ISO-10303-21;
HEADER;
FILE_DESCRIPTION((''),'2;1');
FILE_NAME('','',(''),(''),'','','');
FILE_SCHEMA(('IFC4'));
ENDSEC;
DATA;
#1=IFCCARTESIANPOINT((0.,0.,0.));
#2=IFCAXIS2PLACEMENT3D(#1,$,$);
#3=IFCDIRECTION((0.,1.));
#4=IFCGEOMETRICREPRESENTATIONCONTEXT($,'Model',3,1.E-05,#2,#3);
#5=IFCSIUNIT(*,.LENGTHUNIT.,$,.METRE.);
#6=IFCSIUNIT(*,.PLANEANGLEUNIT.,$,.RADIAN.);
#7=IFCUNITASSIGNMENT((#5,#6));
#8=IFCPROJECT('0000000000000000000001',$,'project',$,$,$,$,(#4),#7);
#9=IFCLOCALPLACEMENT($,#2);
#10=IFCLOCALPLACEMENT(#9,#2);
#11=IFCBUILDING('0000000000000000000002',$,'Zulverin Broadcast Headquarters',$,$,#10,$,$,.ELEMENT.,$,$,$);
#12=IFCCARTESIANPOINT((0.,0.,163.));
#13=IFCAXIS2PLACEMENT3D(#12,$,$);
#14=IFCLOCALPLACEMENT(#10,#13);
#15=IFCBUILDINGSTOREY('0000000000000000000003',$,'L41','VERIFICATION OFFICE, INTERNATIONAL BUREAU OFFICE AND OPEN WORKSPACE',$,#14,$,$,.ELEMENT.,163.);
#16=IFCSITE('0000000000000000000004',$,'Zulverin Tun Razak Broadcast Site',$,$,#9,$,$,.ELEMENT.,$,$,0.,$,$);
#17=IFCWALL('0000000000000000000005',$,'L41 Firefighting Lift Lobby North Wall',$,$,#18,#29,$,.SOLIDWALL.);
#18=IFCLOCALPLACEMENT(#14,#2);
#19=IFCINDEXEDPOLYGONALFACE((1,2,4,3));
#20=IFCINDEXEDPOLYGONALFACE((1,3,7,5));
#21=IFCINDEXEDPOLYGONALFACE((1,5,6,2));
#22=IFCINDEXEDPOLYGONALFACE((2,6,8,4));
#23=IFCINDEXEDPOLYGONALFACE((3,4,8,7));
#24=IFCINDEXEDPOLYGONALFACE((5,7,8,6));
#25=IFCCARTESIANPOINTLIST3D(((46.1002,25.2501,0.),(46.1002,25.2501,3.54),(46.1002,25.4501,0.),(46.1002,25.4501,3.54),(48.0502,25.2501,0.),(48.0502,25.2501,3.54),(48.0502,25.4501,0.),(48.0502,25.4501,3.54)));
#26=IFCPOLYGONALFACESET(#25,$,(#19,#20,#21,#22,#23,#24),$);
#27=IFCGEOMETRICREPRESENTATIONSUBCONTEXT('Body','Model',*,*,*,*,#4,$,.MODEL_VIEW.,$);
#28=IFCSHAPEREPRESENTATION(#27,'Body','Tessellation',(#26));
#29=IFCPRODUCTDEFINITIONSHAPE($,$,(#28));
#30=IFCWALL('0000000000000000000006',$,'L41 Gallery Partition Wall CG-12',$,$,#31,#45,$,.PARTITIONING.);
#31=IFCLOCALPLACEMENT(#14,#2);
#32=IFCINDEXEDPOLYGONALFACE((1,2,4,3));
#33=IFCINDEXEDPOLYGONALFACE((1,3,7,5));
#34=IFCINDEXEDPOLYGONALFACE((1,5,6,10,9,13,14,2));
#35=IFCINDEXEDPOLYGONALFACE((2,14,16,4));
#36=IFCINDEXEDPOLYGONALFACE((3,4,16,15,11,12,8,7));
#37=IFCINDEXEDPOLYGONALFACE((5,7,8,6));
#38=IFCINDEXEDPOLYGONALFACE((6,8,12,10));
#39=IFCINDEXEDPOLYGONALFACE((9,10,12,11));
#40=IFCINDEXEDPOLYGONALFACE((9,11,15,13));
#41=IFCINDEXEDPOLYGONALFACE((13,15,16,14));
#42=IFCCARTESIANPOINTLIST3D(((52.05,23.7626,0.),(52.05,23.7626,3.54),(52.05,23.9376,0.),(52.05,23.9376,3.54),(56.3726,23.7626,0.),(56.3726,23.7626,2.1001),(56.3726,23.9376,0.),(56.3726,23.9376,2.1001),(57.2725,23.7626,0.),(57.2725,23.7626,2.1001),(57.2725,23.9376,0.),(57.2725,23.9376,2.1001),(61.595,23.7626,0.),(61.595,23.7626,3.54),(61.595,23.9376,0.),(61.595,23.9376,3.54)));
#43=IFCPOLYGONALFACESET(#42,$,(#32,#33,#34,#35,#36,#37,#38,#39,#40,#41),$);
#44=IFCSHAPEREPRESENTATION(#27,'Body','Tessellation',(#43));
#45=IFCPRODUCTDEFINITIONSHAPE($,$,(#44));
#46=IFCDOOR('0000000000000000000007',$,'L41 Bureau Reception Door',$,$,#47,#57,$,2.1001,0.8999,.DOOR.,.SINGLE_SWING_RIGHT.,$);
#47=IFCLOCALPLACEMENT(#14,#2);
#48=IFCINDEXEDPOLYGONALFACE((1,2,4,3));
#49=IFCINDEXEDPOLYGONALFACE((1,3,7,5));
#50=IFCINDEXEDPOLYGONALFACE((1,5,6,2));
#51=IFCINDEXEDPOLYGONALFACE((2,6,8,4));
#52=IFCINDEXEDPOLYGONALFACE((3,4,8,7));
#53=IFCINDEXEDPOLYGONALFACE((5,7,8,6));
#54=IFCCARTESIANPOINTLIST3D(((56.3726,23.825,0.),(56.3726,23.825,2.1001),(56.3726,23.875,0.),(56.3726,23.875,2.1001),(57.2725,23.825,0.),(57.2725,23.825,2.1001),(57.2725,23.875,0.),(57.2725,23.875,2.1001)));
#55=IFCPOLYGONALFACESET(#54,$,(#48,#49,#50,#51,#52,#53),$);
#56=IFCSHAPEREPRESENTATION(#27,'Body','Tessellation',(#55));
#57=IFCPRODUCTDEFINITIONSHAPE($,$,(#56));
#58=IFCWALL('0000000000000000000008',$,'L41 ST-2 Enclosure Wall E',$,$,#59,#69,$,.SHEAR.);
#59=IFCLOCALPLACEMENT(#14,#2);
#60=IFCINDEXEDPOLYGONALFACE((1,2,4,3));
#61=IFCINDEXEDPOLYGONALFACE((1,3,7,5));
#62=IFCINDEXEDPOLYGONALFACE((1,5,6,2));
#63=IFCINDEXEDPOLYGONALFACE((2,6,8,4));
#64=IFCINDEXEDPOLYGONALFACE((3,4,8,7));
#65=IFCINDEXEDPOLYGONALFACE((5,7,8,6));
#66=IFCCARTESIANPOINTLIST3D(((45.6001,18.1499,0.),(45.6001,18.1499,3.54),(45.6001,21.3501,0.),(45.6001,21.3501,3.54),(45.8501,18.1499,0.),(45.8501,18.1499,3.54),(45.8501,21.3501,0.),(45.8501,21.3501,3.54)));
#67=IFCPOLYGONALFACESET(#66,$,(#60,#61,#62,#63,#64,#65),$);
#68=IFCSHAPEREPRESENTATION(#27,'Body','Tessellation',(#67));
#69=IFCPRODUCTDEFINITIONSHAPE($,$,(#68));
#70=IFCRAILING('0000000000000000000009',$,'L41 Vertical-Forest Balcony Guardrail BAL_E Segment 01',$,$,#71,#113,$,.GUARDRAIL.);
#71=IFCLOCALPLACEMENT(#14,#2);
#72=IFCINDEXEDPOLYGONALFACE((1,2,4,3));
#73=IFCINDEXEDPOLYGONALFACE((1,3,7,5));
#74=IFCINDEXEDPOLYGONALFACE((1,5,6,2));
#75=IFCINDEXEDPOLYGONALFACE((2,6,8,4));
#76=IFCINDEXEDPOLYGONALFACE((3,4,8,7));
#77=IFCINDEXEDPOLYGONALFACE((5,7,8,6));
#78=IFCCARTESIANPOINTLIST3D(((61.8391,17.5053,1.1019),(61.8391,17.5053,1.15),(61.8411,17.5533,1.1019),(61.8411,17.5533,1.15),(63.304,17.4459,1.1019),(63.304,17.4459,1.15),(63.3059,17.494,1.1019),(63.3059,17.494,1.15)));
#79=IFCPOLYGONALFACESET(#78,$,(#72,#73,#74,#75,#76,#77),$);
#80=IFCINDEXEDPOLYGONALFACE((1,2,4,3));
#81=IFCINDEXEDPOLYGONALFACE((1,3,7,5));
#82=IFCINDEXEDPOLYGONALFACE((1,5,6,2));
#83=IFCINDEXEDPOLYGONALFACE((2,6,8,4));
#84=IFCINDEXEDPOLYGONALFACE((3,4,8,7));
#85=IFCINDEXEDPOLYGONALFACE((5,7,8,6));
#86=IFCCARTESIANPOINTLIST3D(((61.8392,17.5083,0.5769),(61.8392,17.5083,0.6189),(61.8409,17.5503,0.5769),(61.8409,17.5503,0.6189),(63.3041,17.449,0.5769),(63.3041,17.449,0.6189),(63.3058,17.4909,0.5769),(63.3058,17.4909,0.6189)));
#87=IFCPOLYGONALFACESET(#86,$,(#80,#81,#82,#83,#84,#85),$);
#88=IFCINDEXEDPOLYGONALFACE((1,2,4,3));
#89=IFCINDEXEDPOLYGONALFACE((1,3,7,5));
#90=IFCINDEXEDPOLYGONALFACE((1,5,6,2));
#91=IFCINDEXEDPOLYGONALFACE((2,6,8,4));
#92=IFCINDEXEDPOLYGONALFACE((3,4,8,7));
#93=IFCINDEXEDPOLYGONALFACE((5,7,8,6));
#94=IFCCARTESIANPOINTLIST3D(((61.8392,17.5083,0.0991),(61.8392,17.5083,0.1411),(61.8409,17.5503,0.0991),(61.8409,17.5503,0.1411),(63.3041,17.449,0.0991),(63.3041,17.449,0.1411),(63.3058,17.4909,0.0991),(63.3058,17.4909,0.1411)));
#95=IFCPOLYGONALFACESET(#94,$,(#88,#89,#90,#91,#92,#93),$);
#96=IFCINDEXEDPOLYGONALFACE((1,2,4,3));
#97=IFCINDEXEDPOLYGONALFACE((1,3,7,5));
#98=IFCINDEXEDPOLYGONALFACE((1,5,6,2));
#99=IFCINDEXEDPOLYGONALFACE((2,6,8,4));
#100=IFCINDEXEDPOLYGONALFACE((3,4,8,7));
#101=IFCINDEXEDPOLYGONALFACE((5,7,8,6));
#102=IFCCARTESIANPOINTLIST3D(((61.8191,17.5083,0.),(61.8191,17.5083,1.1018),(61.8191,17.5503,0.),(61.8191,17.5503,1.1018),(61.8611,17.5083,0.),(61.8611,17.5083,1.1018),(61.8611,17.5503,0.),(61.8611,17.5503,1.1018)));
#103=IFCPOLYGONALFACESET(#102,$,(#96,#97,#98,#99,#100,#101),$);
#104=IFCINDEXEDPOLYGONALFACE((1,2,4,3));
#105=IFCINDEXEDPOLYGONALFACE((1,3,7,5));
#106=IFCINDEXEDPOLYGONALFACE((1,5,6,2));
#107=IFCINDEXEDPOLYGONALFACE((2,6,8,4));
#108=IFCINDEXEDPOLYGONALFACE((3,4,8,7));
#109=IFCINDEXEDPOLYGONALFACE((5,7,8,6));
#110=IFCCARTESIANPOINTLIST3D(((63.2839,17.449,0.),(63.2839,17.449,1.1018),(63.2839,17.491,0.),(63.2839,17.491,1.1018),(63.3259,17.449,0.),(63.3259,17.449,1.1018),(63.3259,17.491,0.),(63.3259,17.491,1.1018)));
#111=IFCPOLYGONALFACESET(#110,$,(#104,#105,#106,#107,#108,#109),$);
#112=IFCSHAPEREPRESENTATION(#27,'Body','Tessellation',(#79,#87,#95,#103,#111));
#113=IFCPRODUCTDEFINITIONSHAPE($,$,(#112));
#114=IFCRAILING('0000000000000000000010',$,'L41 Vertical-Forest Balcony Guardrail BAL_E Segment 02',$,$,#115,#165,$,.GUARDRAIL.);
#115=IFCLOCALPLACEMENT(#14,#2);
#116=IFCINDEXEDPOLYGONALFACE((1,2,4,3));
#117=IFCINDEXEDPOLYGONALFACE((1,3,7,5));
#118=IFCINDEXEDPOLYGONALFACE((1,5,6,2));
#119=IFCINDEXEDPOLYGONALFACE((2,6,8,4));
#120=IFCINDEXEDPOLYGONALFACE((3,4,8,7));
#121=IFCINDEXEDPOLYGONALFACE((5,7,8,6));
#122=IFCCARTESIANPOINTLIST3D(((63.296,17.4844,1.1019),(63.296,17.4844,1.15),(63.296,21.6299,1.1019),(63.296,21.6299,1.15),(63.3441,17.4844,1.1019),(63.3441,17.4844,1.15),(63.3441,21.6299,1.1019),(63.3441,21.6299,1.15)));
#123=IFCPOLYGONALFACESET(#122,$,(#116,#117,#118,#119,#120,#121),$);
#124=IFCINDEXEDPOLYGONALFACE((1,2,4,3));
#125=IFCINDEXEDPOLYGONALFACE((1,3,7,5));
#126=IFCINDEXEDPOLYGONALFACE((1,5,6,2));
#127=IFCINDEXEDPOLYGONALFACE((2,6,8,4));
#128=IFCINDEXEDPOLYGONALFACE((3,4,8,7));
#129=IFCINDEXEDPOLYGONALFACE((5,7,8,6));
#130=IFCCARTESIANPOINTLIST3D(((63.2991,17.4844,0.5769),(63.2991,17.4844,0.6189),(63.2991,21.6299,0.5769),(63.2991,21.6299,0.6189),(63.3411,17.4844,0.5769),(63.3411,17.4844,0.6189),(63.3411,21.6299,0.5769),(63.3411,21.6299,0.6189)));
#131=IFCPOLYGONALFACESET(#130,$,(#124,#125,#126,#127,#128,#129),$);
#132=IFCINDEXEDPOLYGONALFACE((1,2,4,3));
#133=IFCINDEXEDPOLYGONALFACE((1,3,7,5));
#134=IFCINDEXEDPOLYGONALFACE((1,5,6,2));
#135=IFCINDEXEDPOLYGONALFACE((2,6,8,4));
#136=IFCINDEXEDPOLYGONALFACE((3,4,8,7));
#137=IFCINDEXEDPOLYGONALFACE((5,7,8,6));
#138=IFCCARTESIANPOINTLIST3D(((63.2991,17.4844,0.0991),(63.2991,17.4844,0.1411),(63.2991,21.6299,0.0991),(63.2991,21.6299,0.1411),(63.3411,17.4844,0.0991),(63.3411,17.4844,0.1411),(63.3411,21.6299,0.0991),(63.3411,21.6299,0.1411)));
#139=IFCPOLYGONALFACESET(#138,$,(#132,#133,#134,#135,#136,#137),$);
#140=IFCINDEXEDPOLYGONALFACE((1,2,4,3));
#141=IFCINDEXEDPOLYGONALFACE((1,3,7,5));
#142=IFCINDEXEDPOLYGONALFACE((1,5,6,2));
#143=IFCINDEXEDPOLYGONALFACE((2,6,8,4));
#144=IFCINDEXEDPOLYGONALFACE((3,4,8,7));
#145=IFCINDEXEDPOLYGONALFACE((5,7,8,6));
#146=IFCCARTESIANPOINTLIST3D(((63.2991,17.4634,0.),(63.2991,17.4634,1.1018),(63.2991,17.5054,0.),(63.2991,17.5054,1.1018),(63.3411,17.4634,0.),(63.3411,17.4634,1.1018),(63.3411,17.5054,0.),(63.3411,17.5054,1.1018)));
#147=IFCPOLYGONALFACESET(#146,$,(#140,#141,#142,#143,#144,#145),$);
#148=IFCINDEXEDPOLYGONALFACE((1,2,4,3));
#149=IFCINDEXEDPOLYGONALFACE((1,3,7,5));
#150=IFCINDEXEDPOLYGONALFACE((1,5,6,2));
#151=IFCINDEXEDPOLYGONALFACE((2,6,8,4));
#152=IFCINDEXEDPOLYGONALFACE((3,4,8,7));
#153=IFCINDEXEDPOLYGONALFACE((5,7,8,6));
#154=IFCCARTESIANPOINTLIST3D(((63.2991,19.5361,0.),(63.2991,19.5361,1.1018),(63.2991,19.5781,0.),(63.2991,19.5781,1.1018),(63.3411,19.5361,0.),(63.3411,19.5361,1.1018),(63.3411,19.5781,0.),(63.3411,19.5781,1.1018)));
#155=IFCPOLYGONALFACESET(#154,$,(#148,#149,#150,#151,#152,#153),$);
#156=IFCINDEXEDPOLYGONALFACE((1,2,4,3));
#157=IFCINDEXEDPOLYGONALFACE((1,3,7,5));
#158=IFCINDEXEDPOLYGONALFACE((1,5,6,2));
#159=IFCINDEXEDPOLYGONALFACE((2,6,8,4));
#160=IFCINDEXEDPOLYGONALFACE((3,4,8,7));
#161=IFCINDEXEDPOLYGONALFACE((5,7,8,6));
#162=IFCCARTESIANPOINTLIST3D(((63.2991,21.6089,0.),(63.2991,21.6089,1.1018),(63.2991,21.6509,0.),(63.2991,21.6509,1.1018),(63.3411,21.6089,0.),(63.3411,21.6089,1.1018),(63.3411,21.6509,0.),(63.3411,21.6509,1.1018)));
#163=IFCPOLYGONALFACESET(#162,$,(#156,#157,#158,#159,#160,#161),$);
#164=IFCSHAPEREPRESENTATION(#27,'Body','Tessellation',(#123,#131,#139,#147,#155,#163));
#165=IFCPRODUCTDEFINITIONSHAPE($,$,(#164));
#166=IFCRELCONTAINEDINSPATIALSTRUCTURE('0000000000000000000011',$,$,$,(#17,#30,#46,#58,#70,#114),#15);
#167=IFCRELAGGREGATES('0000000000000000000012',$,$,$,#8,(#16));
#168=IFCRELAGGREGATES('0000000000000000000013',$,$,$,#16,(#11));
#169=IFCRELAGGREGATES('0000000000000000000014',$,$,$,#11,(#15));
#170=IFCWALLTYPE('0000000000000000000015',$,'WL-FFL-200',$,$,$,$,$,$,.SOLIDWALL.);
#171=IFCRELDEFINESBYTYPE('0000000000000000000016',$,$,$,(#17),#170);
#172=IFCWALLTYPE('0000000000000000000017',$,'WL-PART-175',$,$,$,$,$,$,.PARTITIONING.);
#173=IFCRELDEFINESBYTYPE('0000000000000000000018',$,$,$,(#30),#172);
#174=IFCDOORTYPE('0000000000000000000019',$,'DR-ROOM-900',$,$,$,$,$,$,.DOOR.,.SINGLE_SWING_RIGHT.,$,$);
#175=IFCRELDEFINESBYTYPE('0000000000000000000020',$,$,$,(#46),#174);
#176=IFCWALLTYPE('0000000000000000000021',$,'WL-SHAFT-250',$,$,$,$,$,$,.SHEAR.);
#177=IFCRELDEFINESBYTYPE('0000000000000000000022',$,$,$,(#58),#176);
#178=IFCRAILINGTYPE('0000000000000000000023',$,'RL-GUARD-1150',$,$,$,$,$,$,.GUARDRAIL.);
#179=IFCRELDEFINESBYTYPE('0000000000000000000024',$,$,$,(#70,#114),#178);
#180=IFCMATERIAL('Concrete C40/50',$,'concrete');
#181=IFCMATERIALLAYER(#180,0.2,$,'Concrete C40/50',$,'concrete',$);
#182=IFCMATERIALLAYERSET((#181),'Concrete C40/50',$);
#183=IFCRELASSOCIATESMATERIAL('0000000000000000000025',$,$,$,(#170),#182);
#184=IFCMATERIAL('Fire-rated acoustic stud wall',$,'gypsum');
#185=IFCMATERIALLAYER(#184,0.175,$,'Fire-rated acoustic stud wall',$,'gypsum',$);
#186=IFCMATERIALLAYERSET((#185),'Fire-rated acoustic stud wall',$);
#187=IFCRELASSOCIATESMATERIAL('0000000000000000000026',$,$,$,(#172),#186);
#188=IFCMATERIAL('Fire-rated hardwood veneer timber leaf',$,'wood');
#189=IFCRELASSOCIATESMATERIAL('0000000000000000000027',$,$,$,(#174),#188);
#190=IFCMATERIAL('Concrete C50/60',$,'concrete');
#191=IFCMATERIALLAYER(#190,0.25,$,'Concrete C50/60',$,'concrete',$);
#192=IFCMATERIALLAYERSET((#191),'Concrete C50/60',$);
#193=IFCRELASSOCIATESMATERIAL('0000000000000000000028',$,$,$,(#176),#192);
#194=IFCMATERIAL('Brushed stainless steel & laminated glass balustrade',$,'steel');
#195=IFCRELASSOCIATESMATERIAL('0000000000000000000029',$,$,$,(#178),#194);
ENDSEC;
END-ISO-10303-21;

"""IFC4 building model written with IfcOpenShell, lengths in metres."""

from ifc_helpers import new_model, si_unit, direction, frame, frame_2d, origin, origin_2d, place, context, subcontext, project, spatial, rectangle, extrude, material, layer, layer_set, type_object, element, fill, save


model = new_model("IFC4")

# Units and contexts
model_context = context("Model", 3, precision=1e-05, world=origin(), true_north=direction((0.0, 1.0)))
body_context = subcontext(model_context, "Body", "Model", "MODEL_VIEW")
ifc_project = project(units=[si_unit("LENGTHUNIT", "METRE"), si_unit("PLANEANGLEUNIT", "RADIAN")], contexts=[model_context])

# Site, building, storey
site_placement = place(None, origin())
site = spatial("IfcSite", under=ifc_project, at=site_placement, Name="Zulverin Tun Razak Broadcast Site", CompositionType="ELEMENT", RefElevation=0.0)
building_placement = place(site_placement, origin())
building = spatial("IfcBuilding", under=site, at=building_placement, Name="Zulverin Broadcast Headquarters", CompositionType="ELEMENT")
storey_placement = place(building_placement, frame((0.0, 0.0, 163.0)))
storey = spatial("IfcBuildingStorey", under=building, at=storey_placement, Name="L41", Description="VERIFICATION OFFICE, INTERNATIONAL BUREAU OFFICE AND OPEN WORKSPACE", CompositionType="ELEMENT", Elevation=163.0)

# Shared definitions
ifc_material_1 = material(Name="Concrete C50/60", Category="concrete")

# Shared definitions
ifc_material_2 = material(Name="Concrete C40/50", Category="concrete")

# Wall
ifc_layer_1 = layer(ifc_material_2, 0.2, Name="Concrete C40/50", Category="concrete")
ifc_layer_set_1 = layer_set([ifc_layer_1], Name="Concrete C40/50")
wall_type_1 = type_object("IfcWallType", Name="WL-FFL-200", PredefinedType="SOLIDWALL", material=ifc_layer_set_1)
wall_1_placement = place(storey_placement, frame((46.1001, 25.3501, 0.0), z_axis=(0.0, 0.0, 1.0), x_axis=(1.0, 0.0, 0.0)))
element("IfcWall", 1, at=wall_1_placement, inside=storey, type_object=wall_type_1, Name="L41 Firefighting Lift Lobby North Wall", PredefinedType="SOLIDWALL", context=body_context, shape_type="SweptSolid", body=[
    extrude(rectangle(XDim=1.95, YDim=0.2, at=frame_2d((0.9751, 0.0))), origin(), (0.0, 0.0, 1.0), 3.54),
])

# Wall, opening, door
ifc_material_3 = material(Name="Fire-rated acoustic stud wall", Category="gypsum")
ifc_layer_2 = layer(ifc_material_3, 0.175, Name="Fire-rated acoustic stud wall", Category="gypsum")
ifc_layer_set_2 = layer_set([ifc_layer_2], Name="Fire-rated acoustic stud wall")
wall_type_2 = type_object("IfcWallType", Name="WL-PART-175", PredefinedType="PARTITIONING", material=ifc_layer_set_2)
wall_2_placement = place(storey_placement, frame((52.05, 23.8501, 0.0), z_axis=(0.0, 0.0, 1.0), x_axis=(1.0, 0.0, 0.0)))
wall_2 = element("IfcWall", 2, at=wall_2_placement, inside=storey, type_object=wall_type_2, Name="L41 Gallery Partition Wall CG-12", PredefinedType="PARTITIONING", context=body_context, shape_type="SweptSolid", body=[
    extrude(rectangle(XDim=9.5449, YDim=0.175, at=frame_2d((4.7725, 0.0))), origin(), (0.0, 0.0, 1.0), 3.54),
])
opening_1_placement = place(wall_2_placement, frame((4.3225, 0.0, 0.0)))
opening_1 = element("IfcOpeningElement", 3, at=opening_1_placement, cuts=wall_2, PredefinedType="OPENING", context=body_context, shape_type="SweptSolid", body=[
    extrude(rectangle(XDim=0.8999, YDim=2.1001, at=frame_2d((0.45, 1.05))), frame((0.0, 0.0974, 0.0), z_axis=(0.0, -1.0, 0.0), x_axis=(1.0, 0.0, 0.0)), (0.0, 0.0, 1.0), 0.1951),
])
ifc_material_4 = material(Name="Fire-rated hardwood veneer timber leaf", Category="wood")
door_type_1 = type_object("IfcDoorType", Name="DR-ROOM-900", OperationType="SINGLE_SWING_RIGHT", PredefinedType="DOOR", material=ifc_material_4)
door_1_placement = place(opening_1_placement, origin())
door_1 = element("IfcDoor", 4, at=door_1_placement, inside=storey, type_object=door_type_1, Name="L41 Bureau Reception Door", OperationType="SINGLE_SWING_RIGHT", OverallHeight=2.1001, OverallWidth=0.8999, PredefinedType="DOOR", context=body_context, shape_type="SweptSolid", body=[
    extrude(rectangle(XDim=0.8999, YDim=2.1001, at=frame_2d((0.45, 1.05))), frame((0.0, 0.0249, 0.0), z_axis=(0.0, -1.0, 0.0), x_axis=(1.0, 0.0, 0.0)), (0.0, 0.0, 1.0), 0.05),
])
fill(opening_1, door_1)

# Wall
ifc_layer_3 = layer(ifc_material_1, 0.25, Name="Concrete C50/60", Category="concrete")
ifc_layer_set_3 = layer_set([ifc_layer_3], Name="Concrete C50/60")
wall_type_3 = type_object("IfcWallType", Name="WL-SHAFT-250", PredefinedType="SHEAR", material=ifc_layer_set_3)
wall_3_placement = place(storey_placement, frame((45.7251, 18.1499, 0.0), z_axis=(0.0, 0.0, 1.0), x_axis=(0.0, 1.0, 0.0)))
element("IfcWall", 5, at=wall_3_placement, inside=storey, type_object=wall_type_3, Name="L41 ST-2 Enclosure Wall E", PredefinedType="SHEAR", context=body_context, shape_type="SweptSolid", body=[
    extrude(rectangle(XDim=3.2002, YDim=0.25, at=frame_2d((1.6001, 0.0))), origin(), (0.0, 0.0, 1.0), 3.54),
])

# Railings
ifc_material_5 = material(Name="Brushed stainless steel & laminated glass balustrade", Category="steel")
railing_type = type_object("IfcRailingType", Name="RL-GUARD-1150", PredefinedType="GUARDRAIL", material=ifc_material_5)
railing_1_placement = place(storey_placement, frame((61.8401, 17.5293, 0.0)))
element("IfcRailing", 6, at=railing_1_placement, inside=storey, type_object=railing_type, Name="L41 Vertical-Forest Balcony Guardrail BAL_E Segment 01", PredefinedType="GUARDRAIL", context=body_context, shape_type="SweptSolid", body=[
    extrude(rectangle(XDim=0.0481, YDim=0.0481, at=origin_2d()), frame((0.0, 0.0, 1.126), z_axis=(0.999181, -0.040467, 0.0), x_axis=(0.040467, 0.999181, 0.0)), (0.0, 0.0, 1.0), 1.4661),
    extrude(rectangle(XDim=0.042, YDim=0.042, at=origin_2d()), frame((0.0, 0.0, 0.5979), z_axis=(0.999181, -0.040467, 0.0), x_axis=(0.040467, 0.999181, 0.0)), (0.0, 0.0, 1.0), 1.4661),
    extrude(rectangle(XDim=0.042, YDim=0.042, at=origin_2d()), frame((0.0, 0.0, 0.1201), z_axis=(0.999181, -0.040467, 0.0), x_axis=(0.040467, 0.999181, 0.0)), (0.0, 0.0, 1.0), 1.4661),
    extrude(rectangle(XDim=0.042, YDim=0.042, at=origin_2d()), origin(), (0.0, 0.0, 1.0), 1.1018),
    extrude(rectangle(XDim=0.042, YDim=0.042, at=origin_2d()), frame((1.4648, -0.0593, 0.0)), (0.0, 0.0, 1.0), 1.1018),
])
railing_2_placement = place(storey_placement, frame((63.3201, 17.4844, 0.0)))
element("IfcRailing", 7, at=railing_2_placement, inside=storey, type_object=railing_type, Name="L41 Vertical-Forest Balcony Guardrail BAL_E Segment 02", PredefinedType="GUARDRAIL", context=body_context, shape_type="SweptSolid", body=[
    extrude(rectangle(XDim=0.0481, YDim=0.0481, at=origin_2d()), frame((0.0, 0.0, 1.126), z_axis=(0.0, 1.0, 0.0), x_axis=(-1.0, 0.0, 0.0)), (0.0, 0.0, 1.0), 4.1455),
    extrude(rectangle(XDim=0.042, YDim=0.042, at=origin_2d()), frame((0.0, 0.0, 0.5979), z_axis=(0.0, 1.0, 0.0), x_axis=(-1.0, 0.0, 0.0)), (0.0, 0.0, 1.0), 4.1455),
    extrude(rectangle(XDim=0.042, YDim=0.042, at=origin_2d()), frame((0.0, 0.0, 0.1201), z_axis=(0.0, 1.0, 0.0), x_axis=(-1.0, 0.0, 0.0)), (0.0, 0.0, 1.0), 4.1455),
    extrude(rectangle(XDim=0.042, YDim=0.042, at=origin_2d()), origin(), (0.0, 0.0, 1.0), 1.1018),
    extrude(rectangle(XDim=0.042, YDim=0.042, at=origin_2d()), frame((0.0, 2.0728, 0.0)), (0.0, 0.0, 1.0), 1.1018),
    extrude(rectangle(XDim=0.042, YDim=0.042, at=origin_2d()), frame((0.0, 4.1455, 0.0)), (0.0, 0.0, 1.0), 1.1018),
])

save(model, "model.ifc")
